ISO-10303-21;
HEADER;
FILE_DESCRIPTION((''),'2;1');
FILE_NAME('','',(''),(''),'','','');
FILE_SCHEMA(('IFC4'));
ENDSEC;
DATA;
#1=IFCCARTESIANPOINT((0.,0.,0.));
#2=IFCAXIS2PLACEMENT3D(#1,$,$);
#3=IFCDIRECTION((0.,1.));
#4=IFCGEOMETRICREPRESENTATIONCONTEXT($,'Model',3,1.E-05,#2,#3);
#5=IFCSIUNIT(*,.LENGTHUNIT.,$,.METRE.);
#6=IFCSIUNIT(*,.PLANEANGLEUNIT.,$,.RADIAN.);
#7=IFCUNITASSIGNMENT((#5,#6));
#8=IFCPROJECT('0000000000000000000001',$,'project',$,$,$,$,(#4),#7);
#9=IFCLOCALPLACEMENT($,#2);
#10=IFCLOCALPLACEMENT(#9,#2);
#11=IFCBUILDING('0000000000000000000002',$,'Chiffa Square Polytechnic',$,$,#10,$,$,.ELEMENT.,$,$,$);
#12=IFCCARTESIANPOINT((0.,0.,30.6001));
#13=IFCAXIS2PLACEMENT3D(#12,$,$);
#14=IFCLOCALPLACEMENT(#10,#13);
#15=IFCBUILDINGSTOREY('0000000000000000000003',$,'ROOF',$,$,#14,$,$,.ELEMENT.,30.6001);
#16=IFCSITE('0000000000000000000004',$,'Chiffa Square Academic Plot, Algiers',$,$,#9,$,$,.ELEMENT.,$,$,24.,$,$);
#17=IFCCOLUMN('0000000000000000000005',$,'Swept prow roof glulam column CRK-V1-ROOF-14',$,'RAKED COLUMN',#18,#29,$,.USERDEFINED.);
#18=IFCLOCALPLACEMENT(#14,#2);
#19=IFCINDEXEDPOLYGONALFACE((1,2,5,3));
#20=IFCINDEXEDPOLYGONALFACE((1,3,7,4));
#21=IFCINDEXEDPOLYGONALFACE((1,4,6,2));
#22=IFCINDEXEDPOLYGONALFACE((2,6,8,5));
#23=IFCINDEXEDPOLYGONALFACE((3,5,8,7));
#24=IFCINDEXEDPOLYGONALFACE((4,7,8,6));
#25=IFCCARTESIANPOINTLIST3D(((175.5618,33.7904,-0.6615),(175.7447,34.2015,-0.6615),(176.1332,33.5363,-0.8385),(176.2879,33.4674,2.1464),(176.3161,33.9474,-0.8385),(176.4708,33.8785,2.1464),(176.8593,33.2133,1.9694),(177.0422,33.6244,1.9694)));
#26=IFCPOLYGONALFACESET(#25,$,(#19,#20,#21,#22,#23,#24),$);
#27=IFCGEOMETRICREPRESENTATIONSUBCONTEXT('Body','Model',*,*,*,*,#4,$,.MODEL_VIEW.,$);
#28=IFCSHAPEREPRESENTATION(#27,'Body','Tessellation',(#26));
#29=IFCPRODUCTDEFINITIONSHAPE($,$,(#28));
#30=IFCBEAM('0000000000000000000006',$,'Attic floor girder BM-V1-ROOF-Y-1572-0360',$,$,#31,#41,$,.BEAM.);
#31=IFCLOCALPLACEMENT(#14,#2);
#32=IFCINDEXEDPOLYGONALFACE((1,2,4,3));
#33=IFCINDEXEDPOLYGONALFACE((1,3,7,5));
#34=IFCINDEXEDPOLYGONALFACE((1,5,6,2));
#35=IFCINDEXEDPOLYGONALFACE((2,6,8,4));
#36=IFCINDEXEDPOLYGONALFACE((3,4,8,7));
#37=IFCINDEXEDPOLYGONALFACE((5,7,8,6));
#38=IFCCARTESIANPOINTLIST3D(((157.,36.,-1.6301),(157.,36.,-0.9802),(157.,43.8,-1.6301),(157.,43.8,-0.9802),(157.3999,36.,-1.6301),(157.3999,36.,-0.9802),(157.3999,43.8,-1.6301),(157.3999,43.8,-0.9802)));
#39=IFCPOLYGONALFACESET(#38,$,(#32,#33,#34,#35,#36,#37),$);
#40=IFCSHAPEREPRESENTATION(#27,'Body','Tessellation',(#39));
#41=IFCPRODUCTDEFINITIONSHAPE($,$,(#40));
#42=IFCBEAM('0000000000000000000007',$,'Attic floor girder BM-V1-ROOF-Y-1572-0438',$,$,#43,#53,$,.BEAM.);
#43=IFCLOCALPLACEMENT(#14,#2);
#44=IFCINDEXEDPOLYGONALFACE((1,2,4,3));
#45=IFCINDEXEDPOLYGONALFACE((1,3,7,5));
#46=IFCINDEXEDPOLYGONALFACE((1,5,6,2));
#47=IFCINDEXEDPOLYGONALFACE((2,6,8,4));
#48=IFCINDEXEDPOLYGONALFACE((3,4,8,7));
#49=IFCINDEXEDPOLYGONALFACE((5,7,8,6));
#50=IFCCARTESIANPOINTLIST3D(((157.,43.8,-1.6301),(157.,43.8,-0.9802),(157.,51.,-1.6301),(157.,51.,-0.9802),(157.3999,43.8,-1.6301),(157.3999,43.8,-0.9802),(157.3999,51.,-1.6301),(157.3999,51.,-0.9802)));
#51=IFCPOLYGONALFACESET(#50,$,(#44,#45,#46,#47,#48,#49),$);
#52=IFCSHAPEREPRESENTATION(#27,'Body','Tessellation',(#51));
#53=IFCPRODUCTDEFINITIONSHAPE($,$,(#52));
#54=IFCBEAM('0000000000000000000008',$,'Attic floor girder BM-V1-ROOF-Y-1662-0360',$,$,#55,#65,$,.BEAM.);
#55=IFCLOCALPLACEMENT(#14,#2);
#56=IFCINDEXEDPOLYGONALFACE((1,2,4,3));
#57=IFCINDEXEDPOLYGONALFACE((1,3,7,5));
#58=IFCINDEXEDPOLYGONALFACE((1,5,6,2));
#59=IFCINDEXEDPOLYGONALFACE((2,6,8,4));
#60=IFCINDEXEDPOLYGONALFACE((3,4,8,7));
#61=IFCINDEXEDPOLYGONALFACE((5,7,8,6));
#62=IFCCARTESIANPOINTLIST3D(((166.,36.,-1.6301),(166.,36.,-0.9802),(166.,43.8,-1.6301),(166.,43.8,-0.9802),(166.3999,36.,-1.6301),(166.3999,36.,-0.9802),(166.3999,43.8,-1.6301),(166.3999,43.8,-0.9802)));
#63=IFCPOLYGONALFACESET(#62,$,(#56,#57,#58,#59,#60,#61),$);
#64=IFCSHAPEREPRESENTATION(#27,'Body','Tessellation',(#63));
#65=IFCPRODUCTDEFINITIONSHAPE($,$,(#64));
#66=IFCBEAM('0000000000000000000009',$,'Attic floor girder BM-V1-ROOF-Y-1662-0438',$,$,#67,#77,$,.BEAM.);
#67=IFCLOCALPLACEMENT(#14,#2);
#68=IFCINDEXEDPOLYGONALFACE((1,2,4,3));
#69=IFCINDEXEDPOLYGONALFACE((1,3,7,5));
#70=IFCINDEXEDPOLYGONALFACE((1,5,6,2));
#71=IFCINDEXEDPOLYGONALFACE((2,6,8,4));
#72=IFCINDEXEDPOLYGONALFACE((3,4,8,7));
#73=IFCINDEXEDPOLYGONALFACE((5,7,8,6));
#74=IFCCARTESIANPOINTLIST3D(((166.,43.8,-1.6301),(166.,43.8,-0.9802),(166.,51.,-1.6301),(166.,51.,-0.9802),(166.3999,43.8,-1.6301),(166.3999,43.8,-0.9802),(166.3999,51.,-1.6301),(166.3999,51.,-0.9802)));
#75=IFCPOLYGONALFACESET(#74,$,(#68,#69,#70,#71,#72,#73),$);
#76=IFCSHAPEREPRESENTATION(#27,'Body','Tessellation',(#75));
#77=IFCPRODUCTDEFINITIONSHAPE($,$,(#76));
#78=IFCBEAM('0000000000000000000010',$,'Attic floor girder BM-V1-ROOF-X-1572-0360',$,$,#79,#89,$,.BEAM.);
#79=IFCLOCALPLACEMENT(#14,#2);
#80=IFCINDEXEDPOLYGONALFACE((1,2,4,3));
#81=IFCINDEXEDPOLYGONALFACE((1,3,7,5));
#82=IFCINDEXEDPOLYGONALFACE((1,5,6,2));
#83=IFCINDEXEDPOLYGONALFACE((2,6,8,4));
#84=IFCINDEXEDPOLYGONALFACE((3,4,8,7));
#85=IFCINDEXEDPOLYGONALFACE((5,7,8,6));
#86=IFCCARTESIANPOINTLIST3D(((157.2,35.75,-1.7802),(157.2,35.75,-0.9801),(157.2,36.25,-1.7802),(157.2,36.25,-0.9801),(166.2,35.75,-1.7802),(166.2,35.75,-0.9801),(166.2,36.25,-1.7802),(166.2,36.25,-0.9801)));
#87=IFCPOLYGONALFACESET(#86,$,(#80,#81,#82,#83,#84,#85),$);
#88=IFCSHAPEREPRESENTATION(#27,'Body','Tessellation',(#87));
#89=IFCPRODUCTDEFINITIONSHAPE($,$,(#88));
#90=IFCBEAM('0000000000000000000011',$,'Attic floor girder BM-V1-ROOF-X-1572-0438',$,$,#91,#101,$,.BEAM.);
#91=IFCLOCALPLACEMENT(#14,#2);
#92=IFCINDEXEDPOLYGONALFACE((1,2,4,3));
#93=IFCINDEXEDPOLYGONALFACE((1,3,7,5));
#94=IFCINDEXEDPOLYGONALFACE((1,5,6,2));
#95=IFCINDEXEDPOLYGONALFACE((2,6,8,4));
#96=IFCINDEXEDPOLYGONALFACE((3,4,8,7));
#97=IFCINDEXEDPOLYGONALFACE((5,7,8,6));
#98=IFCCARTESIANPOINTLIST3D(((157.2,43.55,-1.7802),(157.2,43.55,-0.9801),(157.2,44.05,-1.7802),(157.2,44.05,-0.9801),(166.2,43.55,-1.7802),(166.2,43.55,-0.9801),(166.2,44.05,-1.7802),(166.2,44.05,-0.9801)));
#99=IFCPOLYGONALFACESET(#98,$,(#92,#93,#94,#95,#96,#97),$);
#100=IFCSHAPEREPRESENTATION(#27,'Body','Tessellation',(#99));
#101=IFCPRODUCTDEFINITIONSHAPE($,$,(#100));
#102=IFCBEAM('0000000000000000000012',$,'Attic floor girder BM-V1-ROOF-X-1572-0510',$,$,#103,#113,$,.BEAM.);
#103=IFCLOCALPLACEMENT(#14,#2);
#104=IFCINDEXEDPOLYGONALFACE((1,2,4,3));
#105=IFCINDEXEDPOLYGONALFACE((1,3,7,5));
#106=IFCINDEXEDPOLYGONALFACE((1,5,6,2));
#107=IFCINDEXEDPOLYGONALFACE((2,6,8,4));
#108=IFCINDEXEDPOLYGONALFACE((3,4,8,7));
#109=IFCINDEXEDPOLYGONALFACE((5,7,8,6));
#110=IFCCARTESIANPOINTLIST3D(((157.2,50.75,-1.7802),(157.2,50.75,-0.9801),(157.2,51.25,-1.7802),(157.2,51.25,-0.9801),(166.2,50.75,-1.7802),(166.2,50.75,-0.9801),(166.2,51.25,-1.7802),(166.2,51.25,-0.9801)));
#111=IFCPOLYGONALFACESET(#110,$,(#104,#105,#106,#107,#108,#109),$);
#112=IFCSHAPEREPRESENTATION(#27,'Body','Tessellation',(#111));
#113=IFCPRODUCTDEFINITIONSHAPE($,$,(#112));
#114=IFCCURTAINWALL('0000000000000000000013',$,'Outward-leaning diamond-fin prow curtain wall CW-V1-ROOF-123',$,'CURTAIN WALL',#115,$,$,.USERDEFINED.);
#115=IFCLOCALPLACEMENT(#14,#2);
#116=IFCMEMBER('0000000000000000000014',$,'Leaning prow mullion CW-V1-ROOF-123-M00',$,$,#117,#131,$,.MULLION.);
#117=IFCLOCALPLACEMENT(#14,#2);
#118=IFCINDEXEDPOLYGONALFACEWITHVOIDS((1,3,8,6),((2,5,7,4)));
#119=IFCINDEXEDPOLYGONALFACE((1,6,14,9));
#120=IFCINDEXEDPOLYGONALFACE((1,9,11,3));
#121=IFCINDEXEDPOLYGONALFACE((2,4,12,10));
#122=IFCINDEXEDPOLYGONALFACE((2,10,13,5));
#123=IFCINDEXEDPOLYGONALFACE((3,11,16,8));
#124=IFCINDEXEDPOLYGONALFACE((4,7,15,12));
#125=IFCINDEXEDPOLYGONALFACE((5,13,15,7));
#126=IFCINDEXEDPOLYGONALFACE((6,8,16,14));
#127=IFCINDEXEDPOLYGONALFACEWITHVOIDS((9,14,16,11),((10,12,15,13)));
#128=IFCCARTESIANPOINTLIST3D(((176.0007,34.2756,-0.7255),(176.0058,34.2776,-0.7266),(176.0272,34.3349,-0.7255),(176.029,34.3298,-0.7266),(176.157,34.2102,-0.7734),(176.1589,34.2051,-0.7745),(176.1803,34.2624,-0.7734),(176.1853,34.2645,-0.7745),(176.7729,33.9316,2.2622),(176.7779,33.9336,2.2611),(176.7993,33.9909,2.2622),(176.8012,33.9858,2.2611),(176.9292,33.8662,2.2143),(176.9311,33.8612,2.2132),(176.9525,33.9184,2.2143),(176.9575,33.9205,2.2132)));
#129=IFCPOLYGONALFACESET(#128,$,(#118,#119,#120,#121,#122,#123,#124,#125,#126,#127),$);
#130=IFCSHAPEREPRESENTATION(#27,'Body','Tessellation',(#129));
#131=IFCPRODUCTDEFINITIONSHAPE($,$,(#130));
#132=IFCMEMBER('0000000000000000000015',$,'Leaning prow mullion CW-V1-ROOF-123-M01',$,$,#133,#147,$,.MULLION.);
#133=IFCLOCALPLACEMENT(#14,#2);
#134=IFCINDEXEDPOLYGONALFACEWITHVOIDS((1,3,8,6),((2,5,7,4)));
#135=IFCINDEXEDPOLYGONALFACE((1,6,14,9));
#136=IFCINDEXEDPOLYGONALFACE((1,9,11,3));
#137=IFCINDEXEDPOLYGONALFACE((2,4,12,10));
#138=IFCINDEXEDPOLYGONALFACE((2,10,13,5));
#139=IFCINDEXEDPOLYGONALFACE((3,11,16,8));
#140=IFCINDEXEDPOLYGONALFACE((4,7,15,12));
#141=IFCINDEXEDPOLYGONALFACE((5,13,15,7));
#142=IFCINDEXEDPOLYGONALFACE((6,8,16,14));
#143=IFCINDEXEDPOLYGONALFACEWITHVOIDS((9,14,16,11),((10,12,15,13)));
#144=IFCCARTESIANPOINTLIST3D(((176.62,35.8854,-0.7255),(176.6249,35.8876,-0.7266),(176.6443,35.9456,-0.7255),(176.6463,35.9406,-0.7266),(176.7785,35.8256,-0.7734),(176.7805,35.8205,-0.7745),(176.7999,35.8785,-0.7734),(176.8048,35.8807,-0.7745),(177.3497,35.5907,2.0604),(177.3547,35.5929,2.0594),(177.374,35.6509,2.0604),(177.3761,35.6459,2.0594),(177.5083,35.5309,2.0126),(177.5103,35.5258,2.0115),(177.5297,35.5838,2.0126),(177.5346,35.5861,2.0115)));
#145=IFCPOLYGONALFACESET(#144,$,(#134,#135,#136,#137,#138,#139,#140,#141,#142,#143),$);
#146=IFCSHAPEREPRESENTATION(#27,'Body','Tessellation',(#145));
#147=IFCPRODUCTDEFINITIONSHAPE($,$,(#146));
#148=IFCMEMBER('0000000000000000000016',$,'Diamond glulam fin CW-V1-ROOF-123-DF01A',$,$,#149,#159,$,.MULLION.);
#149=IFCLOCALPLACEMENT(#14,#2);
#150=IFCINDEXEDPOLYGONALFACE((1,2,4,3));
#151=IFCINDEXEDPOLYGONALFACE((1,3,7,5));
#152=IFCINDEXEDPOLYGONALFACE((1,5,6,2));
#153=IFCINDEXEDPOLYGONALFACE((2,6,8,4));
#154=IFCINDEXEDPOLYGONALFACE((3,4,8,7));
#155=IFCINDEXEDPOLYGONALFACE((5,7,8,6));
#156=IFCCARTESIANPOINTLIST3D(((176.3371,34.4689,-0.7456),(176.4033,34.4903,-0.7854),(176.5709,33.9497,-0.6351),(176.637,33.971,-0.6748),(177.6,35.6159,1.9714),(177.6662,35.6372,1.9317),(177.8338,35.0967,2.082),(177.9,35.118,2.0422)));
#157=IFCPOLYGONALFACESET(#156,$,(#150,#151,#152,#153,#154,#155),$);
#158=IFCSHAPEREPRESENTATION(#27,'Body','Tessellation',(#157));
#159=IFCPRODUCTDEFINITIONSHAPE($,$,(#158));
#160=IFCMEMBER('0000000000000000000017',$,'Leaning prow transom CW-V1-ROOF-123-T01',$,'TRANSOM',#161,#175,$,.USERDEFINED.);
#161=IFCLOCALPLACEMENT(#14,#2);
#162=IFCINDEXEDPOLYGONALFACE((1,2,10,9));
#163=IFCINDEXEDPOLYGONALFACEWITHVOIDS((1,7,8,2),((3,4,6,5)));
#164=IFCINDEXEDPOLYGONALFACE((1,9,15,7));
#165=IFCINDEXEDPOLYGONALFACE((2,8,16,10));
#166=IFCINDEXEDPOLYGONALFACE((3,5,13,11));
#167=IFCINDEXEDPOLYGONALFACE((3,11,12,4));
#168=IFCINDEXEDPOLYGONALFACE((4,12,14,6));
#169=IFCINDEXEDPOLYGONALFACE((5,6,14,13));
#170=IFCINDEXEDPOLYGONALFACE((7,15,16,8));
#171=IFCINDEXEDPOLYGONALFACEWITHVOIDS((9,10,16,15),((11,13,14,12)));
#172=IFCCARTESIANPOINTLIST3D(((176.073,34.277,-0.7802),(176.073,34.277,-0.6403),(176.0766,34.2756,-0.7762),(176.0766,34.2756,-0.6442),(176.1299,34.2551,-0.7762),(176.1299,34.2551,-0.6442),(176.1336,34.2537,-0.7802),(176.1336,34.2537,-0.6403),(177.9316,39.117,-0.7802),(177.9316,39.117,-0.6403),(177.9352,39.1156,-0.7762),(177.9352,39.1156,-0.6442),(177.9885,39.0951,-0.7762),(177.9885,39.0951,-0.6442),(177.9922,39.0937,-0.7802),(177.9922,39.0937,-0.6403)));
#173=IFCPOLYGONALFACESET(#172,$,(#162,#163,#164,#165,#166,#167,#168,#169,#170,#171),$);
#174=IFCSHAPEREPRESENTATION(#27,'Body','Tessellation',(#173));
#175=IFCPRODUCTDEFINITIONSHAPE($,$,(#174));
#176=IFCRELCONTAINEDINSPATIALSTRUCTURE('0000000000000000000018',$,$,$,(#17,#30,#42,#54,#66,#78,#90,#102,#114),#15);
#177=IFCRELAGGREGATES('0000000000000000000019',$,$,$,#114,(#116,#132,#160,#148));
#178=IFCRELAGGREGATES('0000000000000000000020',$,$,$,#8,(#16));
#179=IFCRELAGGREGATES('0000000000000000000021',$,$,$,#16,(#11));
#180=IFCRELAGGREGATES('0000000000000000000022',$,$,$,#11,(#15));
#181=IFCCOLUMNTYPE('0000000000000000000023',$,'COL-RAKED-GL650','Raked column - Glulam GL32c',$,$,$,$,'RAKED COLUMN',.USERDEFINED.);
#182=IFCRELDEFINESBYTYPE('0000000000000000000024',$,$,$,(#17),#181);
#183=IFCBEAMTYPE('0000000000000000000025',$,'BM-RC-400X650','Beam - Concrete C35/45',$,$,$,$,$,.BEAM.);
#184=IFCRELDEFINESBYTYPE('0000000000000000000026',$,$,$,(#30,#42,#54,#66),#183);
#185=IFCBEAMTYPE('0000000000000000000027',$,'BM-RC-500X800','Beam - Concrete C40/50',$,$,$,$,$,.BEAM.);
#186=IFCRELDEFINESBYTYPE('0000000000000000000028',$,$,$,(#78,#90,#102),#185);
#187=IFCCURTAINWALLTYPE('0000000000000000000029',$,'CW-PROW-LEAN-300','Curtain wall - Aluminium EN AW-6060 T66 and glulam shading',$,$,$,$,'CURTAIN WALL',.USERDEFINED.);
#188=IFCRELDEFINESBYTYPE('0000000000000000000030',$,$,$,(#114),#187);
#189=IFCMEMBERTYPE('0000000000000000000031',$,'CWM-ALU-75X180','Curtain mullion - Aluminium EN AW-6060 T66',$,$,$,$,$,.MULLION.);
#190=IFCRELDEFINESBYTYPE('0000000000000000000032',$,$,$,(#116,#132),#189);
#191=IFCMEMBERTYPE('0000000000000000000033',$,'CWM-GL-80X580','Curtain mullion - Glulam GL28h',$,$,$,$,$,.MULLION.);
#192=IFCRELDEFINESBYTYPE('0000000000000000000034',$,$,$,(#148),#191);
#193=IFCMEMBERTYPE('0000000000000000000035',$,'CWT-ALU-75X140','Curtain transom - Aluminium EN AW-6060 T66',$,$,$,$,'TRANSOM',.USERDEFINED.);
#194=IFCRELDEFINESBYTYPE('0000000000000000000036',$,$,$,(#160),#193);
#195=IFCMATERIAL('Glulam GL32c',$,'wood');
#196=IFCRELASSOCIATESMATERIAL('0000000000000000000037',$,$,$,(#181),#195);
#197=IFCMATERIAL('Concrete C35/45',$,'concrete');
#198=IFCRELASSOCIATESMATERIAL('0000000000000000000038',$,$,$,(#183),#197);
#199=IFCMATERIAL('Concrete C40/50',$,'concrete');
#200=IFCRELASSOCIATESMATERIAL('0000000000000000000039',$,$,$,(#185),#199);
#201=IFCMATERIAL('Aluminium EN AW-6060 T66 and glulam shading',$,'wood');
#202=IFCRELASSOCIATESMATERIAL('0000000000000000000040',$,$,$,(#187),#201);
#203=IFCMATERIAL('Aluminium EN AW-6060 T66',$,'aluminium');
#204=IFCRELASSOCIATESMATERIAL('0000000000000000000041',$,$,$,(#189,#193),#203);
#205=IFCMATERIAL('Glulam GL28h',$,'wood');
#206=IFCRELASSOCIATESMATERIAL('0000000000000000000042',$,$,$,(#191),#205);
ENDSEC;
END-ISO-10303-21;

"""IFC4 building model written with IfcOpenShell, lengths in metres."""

from ifc_helpers import new_model, si_unit, direction, frame, origin, origin_2d, place, context, subcontext, project, spatial, rectangle, hollow_rectangle, extrude, material, material_profile, profile_set, type_object, element, aggregate, save


model = new_model("IFC4")

# Units and contexts
model_context = context("Model", 3, precision=1e-05, world=origin(), true_north=direction((0.0, 1.0)))
body_context = subcontext(model_context, "Body", "Model", "MODEL_VIEW")
ifc_project = project(units=[si_unit("LENGTHUNIT", "METRE"), si_unit("PLANEANGLEUNIT", "RADIAN")], contexts=[model_context])

# Site, building, storey
site_placement = place(None, origin())
site = spatial("IfcSite", under=ifc_project, at=site_placement, Name="Chiffa Square Academic Plot, Algiers", CompositionType="ELEMENT", RefElevation=24.0)
building_placement = place(site_placement, origin())
building = spatial("IfcBuilding", under=site, at=building_placement, Name="Chiffa Square Polytechnic", CompositionType="ELEMENT")
storey_placement = place(building_placement, frame((0.0, 0.0, 30.6001)))
storey = spatial("IfcBuildingStorey", under=building, at=storey_placement, Name="ROOF", CompositionType="ELEMENT", Elevation=30.6001)

# Column
ifc_material_1 = material(Name="Glulam GL32c", Category="wood")
ifc_material_profile_1 = material_profile(ifc_material_1, rectangle(XDim=0.45, YDim=0.6499, at=origin_2d()), Name="GL32c 450x650")
ifc_profile_set_1 = profile_set([ifc_material_profile_1], Name="Glulam GL32c")
column_type = type_object("IfcColumnType", Name="COL-RAKED-GL650", Description="Raked column - Glulam GL32c", ElementType="RAKED COLUMN", PredefinedType="USERDEFINED", material=ifc_profile_set_1)
column_placement = place(storey_placement, frame((175.939, 33.8689, -0.75), z_axis=(0.248813, -0.110686, 0.962206), x_axis=(0.406452, 0.913672, 0.0)))
element("IfcColumn", 1, at=column_placement, inside=storey, type_object=column_type, Name="Swept prow roof glulam column CRK-V1-ROOF-14", ObjectType="RAKED COLUMN", PredefinedType="USERDEFINED", context=body_context, shape_type="SweptSolid", body=[
    extrude(rectangle(XDim=0.45, YDim=0.6499, at=origin_2d()), origin(), (0.0, 0.0, 1.0), 2.9182),
])

# Beams
ifc_material_2 = material(Name="Concrete C35/45", Category="concrete")
ifc_material_profile_2 = material_profile(ifc_material_2, rectangle(XDim=0.3999, YDim=0.6499, at=origin_2d()), Name="RC 400x650")
ifc_profile_set_2 = profile_set([ifc_material_profile_2], Name="Concrete C35/45")
beam_type_1 = type_object("IfcBeamType", Name="BM-RC-400X650", Description="Beam - Concrete C35/45", PredefinedType="BEAM", material=ifc_profile_set_2)
beam_1_placement = place(storey_placement, frame((157.2, 36.0, -1.3052), z_axis=(0.0, 1.0, 0.0), x_axis=(-1.0, 0.0, 0.0)))
element("IfcBeam", 2, at=beam_1_placement, inside=storey, type_object=beam_type_1, Name="Attic floor girder BM-V1-ROOF-Y-1572-0360", PredefinedType="BEAM", context=body_context, shape_type="SweptSolid", body=[
    extrude(rectangle(XDim=0.3999, YDim=0.6499, at=origin_2d()), origin(), (0.0, 0.0, 1.0), 7.8),
])
beam_2_placement = place(storey_placement, frame((157.2, 43.8, -1.3052), z_axis=(0.0, 1.0, 0.0), x_axis=(-1.0, 0.0, 0.0)))
element("IfcBeam", 3, at=beam_2_placement, inside=storey, type_object=beam_type_1, Name="Attic floor girder BM-V1-ROOF-Y-1572-0438", PredefinedType="BEAM", context=body_context, shape_type="SweptSolid", body=[
    extrude(rectangle(XDim=0.3999, YDim=0.6499, at=origin_2d()), origin(), (0.0, 0.0, 1.0), 7.2),
])
beam_3_placement = place(storey_placement, frame((166.2, 36.0, -1.3052), z_axis=(0.0, 1.0, 0.0), x_axis=(-1.0, 0.0, 0.0)))
element("IfcBeam", 4, at=beam_3_placement, inside=storey, type_object=beam_type_1, Name="Attic floor girder BM-V1-ROOF-Y-1662-0360", PredefinedType="BEAM", context=body_context, shape_type="SweptSolid", body=[
    extrude(rectangle(XDim=0.3999, YDim=0.6499, at=origin_2d()), origin(), (0.0, 0.0, 1.0), 7.8),
])
beam_4_placement = place(storey_placement, frame((166.2, 43.8, -1.3052), z_axis=(0.0, 1.0, 0.0), x_axis=(-1.0, 0.0, 0.0)))
element("IfcBeam", 5, at=beam_4_placement, inside=storey, type_object=beam_type_1, Name="Attic floor girder BM-V1-ROOF-Y-1662-0438", PredefinedType="BEAM", context=body_context, shape_type="SweptSolid", body=[
    extrude(rectangle(XDim=0.3999, YDim=0.6499, at=origin_2d()), origin(), (0.0, 0.0, 1.0), 7.2),
])
ifc_material_3 = material(Name="Concrete C40/50", Category="concrete")
ifc_material_profile_3 = material_profile(ifc_material_3, rectangle(XDim=0.5, YDim=0.8, at=origin_2d()), Name="RC 500x800")
ifc_profile_set_3 = profile_set([ifc_material_profile_3], Name="Concrete C40/50")
beam_type_2 = type_object("IfcBeamType", Name="BM-RC-500X800", Description="Beam - Concrete C40/50", PredefinedType="BEAM", material=ifc_profile_set_3)
for number, where, z_axis, x_axis, name in (
    (6, (157.2, 36.0, -1.3801), (1.0, 0.0, 0.0), (0.0, 1.0, 0.0), "Attic floor girder BM-V1-ROOF-X-1572-0360"),
    (7, (157.2, 43.8, -1.3801), (1.0, 0.0, 0.0), (0.0, 1.0, 0.0), "Attic floor girder BM-V1-ROOF-X-1572-0438"),
    (8, (157.2, 51.0, -1.3801), (1.0, 0.0, 0.0), (0.0, 1.0, 0.0), "Attic floor girder BM-V1-ROOF-X-1572-0510"),
):
    element("IfcBeam", number, at=place(storey_placement, frame(where, z_axis=z_axis, x_axis=x_axis)), inside=storey, type_object=beam_type_2, Name=name, PredefinedType="BEAM", context=body_context, shape_type="SweptSolid", body=[
        extrude(rectangle(XDim=0.5, YDim=0.8, at=origin_2d()), origin(), (0.0, 0.0, 1.0), 9.0),
    ])

# Curtain wall, members
ifc_material_4 = material(Name="Aluminium EN AW-6060 T66 and glulam shading", Category="wood")
curtain_wall_type = type_object("IfcCurtainWallType", Name="CW-PROW-LEAN-300", Description="Curtain wall - Aluminium EN AW-6060 T66 and glulam shading", ElementType="CURTAIN WALL", PredefinedType="USERDEFINED", material=ifc_material_4)
curtain_wall_placement = place(storey_placement, origin())
curtain_wall = element("IfcCurtainWall", 9, at=curtain_wall_placement, inside=storey, type_object=curtain_wall_type, Name="Outward-leaning diamond-fin prow curtain wall CW-V1-ROOF-123", ObjectType="CURTAIN WALL", PredefinedType="USERDEFINED")
ifc_material_5 = material(Name="Aluminium EN AW-6060 T66", Category="aluminium")
ifc_material_profile_4 = material_profile(ifc_material_5, hollow_rectangle(XDim=0.0649, YDim=0.1799, WallThickness=0.0039, at=origin_2d()), Name="ALU 65x180x4")
ifc_profile_set_4 = profile_set([ifc_material_profile_4], Name="Aluminium EN AW-6060 T66")
member_type_1 = type_object("IfcMemberType", Name="CWM-ALU-75X180", Description="Curtain mullion - Aluminium EN AW-6060 T66", PredefinedType="MULLION", material=ifc_profile_set_4)
member_1_placement = place(storey_placement, frame((176.093, 34.27, -0.75), z_axis=(0.248694, -0.110784, 0.962226), x_axis=(0.406915, 0.913466, 0.0)))
member_1 = element("IfcMember", 10, at=member_1_placement, type_object=member_type_1, Name="Leaning prow mullion CW-V1-ROOF-123-M00", PredefinedType="MULLION", context=body_context, shape_type="SweptSolid", body=[
    extrude(hollow_rectangle(XDim=0.0649, YDim=0.1799, WallThickness=0.0039, at=origin_2d()), origin(), (0.0, 0.0, 1.0), 3.105),
])
member_2_placement = place(storey_placement, frame((176.7124, 35.8831, -0.75), z_axis=(0.252075, -0.101792, 0.962339), x_axis=(0.374437, 0.927252, 0.0)))
member_2 = element("IfcMember", 11, at=member_2_placement, type_object=member_type_1, Name="Leaning prow mullion CW-V1-ROOF-123-M01", PredefinedType="MULLION", context=body_context, shape_type="SweptSolid", body=[
    extrude(hollow_rectangle(XDim=0.0649, YDim=0.1799, WallThickness=0.0039, at=origin_2d()), origin(), (0.0, 0.0, 1.0), 2.895),
])
ifc_material_6 = material(Name="Glulam GL28h", Category="wood")
ifc_material_profile_5 = material_profile(ifc_material_6, rectangle(XDim=0.0801, YDim=0.5801, at=origin_2d()), Name="GL28h 80x580")
ifc_profile_set_5 = profile_set([ifc_material_profile_5], Name="Glulam GL28h")
member_type_2 = type_object("IfcMemberType", Name="CWM-GL-80X580", Description="Curtain mullion - Glulam GL28h", PredefinedType="MULLION", material=ifc_profile_set_5)
member_3_placement = place(storey_placement, frame((176.4871, 34.22, -0.7102), z_axis=(0.393654, 0.357507, 0.846892), x_axis=(-0.826225, -0.266259, 0.496446)))
member_3 = element("IfcMember", 12, at=member_3_placement, type_object=member_type_2, Name="Diamond glulam fin CW-V1-ROOF-123-DF01A", PredefinedType="MULLION", context=body_context, shape_type="SweptSolid", body=[
    extrude(rectangle(XDim=0.0801, YDim=0.5801, at=origin_2d()), origin(), (0.0, 0.0, 1.0), 3.2083),
])
ifc_material_profile_6 = material_profile(ifc_material_5, hollow_rectangle(XDim=0.0649, YDim=0.1399, WallThickness=0.0039, at=origin_2d()), Name="ALU 65x140x4")
ifc_profile_set_6 = profile_set([ifc_material_profile_6], Name="Aluminium EN AW-6060 T66")
member_type_3 = type_object("IfcMemberType", Name="CWT-ALU-75X140", Description="Curtain transom - Aluminium EN AW-6060 T66", ElementType="TRANSOM", PredefinedType="USERDEFINED", material=ifc_profile_set_6)
member_4_placement = place(storey_placement, frame((176.1033, 34.2654, -0.7102), z_axis=(0.358487, 0.933535, 0.0), x_axis=(-0.933535, 0.358487, 0.0)))
member_4 = element("IfcMember", 13, at=member_4_placement, type_object=member_type_3, Name="Leaning prow transom CW-V1-ROOF-123-T01", ObjectType="TRANSOM", PredefinedType="USERDEFINED", context=body_context, shape_type="SweptSolid", body=[
    extrude(hollow_rectangle(XDim=0.0649, YDim=0.1399, WallThickness=0.0039, at=origin_2d()), origin(), (0.0, 0.0, 1.0), 5.1846),
])

aggregate(curtain_wall, [member_1, member_2, member_4, member_3])

save(model, "model.ifc")
